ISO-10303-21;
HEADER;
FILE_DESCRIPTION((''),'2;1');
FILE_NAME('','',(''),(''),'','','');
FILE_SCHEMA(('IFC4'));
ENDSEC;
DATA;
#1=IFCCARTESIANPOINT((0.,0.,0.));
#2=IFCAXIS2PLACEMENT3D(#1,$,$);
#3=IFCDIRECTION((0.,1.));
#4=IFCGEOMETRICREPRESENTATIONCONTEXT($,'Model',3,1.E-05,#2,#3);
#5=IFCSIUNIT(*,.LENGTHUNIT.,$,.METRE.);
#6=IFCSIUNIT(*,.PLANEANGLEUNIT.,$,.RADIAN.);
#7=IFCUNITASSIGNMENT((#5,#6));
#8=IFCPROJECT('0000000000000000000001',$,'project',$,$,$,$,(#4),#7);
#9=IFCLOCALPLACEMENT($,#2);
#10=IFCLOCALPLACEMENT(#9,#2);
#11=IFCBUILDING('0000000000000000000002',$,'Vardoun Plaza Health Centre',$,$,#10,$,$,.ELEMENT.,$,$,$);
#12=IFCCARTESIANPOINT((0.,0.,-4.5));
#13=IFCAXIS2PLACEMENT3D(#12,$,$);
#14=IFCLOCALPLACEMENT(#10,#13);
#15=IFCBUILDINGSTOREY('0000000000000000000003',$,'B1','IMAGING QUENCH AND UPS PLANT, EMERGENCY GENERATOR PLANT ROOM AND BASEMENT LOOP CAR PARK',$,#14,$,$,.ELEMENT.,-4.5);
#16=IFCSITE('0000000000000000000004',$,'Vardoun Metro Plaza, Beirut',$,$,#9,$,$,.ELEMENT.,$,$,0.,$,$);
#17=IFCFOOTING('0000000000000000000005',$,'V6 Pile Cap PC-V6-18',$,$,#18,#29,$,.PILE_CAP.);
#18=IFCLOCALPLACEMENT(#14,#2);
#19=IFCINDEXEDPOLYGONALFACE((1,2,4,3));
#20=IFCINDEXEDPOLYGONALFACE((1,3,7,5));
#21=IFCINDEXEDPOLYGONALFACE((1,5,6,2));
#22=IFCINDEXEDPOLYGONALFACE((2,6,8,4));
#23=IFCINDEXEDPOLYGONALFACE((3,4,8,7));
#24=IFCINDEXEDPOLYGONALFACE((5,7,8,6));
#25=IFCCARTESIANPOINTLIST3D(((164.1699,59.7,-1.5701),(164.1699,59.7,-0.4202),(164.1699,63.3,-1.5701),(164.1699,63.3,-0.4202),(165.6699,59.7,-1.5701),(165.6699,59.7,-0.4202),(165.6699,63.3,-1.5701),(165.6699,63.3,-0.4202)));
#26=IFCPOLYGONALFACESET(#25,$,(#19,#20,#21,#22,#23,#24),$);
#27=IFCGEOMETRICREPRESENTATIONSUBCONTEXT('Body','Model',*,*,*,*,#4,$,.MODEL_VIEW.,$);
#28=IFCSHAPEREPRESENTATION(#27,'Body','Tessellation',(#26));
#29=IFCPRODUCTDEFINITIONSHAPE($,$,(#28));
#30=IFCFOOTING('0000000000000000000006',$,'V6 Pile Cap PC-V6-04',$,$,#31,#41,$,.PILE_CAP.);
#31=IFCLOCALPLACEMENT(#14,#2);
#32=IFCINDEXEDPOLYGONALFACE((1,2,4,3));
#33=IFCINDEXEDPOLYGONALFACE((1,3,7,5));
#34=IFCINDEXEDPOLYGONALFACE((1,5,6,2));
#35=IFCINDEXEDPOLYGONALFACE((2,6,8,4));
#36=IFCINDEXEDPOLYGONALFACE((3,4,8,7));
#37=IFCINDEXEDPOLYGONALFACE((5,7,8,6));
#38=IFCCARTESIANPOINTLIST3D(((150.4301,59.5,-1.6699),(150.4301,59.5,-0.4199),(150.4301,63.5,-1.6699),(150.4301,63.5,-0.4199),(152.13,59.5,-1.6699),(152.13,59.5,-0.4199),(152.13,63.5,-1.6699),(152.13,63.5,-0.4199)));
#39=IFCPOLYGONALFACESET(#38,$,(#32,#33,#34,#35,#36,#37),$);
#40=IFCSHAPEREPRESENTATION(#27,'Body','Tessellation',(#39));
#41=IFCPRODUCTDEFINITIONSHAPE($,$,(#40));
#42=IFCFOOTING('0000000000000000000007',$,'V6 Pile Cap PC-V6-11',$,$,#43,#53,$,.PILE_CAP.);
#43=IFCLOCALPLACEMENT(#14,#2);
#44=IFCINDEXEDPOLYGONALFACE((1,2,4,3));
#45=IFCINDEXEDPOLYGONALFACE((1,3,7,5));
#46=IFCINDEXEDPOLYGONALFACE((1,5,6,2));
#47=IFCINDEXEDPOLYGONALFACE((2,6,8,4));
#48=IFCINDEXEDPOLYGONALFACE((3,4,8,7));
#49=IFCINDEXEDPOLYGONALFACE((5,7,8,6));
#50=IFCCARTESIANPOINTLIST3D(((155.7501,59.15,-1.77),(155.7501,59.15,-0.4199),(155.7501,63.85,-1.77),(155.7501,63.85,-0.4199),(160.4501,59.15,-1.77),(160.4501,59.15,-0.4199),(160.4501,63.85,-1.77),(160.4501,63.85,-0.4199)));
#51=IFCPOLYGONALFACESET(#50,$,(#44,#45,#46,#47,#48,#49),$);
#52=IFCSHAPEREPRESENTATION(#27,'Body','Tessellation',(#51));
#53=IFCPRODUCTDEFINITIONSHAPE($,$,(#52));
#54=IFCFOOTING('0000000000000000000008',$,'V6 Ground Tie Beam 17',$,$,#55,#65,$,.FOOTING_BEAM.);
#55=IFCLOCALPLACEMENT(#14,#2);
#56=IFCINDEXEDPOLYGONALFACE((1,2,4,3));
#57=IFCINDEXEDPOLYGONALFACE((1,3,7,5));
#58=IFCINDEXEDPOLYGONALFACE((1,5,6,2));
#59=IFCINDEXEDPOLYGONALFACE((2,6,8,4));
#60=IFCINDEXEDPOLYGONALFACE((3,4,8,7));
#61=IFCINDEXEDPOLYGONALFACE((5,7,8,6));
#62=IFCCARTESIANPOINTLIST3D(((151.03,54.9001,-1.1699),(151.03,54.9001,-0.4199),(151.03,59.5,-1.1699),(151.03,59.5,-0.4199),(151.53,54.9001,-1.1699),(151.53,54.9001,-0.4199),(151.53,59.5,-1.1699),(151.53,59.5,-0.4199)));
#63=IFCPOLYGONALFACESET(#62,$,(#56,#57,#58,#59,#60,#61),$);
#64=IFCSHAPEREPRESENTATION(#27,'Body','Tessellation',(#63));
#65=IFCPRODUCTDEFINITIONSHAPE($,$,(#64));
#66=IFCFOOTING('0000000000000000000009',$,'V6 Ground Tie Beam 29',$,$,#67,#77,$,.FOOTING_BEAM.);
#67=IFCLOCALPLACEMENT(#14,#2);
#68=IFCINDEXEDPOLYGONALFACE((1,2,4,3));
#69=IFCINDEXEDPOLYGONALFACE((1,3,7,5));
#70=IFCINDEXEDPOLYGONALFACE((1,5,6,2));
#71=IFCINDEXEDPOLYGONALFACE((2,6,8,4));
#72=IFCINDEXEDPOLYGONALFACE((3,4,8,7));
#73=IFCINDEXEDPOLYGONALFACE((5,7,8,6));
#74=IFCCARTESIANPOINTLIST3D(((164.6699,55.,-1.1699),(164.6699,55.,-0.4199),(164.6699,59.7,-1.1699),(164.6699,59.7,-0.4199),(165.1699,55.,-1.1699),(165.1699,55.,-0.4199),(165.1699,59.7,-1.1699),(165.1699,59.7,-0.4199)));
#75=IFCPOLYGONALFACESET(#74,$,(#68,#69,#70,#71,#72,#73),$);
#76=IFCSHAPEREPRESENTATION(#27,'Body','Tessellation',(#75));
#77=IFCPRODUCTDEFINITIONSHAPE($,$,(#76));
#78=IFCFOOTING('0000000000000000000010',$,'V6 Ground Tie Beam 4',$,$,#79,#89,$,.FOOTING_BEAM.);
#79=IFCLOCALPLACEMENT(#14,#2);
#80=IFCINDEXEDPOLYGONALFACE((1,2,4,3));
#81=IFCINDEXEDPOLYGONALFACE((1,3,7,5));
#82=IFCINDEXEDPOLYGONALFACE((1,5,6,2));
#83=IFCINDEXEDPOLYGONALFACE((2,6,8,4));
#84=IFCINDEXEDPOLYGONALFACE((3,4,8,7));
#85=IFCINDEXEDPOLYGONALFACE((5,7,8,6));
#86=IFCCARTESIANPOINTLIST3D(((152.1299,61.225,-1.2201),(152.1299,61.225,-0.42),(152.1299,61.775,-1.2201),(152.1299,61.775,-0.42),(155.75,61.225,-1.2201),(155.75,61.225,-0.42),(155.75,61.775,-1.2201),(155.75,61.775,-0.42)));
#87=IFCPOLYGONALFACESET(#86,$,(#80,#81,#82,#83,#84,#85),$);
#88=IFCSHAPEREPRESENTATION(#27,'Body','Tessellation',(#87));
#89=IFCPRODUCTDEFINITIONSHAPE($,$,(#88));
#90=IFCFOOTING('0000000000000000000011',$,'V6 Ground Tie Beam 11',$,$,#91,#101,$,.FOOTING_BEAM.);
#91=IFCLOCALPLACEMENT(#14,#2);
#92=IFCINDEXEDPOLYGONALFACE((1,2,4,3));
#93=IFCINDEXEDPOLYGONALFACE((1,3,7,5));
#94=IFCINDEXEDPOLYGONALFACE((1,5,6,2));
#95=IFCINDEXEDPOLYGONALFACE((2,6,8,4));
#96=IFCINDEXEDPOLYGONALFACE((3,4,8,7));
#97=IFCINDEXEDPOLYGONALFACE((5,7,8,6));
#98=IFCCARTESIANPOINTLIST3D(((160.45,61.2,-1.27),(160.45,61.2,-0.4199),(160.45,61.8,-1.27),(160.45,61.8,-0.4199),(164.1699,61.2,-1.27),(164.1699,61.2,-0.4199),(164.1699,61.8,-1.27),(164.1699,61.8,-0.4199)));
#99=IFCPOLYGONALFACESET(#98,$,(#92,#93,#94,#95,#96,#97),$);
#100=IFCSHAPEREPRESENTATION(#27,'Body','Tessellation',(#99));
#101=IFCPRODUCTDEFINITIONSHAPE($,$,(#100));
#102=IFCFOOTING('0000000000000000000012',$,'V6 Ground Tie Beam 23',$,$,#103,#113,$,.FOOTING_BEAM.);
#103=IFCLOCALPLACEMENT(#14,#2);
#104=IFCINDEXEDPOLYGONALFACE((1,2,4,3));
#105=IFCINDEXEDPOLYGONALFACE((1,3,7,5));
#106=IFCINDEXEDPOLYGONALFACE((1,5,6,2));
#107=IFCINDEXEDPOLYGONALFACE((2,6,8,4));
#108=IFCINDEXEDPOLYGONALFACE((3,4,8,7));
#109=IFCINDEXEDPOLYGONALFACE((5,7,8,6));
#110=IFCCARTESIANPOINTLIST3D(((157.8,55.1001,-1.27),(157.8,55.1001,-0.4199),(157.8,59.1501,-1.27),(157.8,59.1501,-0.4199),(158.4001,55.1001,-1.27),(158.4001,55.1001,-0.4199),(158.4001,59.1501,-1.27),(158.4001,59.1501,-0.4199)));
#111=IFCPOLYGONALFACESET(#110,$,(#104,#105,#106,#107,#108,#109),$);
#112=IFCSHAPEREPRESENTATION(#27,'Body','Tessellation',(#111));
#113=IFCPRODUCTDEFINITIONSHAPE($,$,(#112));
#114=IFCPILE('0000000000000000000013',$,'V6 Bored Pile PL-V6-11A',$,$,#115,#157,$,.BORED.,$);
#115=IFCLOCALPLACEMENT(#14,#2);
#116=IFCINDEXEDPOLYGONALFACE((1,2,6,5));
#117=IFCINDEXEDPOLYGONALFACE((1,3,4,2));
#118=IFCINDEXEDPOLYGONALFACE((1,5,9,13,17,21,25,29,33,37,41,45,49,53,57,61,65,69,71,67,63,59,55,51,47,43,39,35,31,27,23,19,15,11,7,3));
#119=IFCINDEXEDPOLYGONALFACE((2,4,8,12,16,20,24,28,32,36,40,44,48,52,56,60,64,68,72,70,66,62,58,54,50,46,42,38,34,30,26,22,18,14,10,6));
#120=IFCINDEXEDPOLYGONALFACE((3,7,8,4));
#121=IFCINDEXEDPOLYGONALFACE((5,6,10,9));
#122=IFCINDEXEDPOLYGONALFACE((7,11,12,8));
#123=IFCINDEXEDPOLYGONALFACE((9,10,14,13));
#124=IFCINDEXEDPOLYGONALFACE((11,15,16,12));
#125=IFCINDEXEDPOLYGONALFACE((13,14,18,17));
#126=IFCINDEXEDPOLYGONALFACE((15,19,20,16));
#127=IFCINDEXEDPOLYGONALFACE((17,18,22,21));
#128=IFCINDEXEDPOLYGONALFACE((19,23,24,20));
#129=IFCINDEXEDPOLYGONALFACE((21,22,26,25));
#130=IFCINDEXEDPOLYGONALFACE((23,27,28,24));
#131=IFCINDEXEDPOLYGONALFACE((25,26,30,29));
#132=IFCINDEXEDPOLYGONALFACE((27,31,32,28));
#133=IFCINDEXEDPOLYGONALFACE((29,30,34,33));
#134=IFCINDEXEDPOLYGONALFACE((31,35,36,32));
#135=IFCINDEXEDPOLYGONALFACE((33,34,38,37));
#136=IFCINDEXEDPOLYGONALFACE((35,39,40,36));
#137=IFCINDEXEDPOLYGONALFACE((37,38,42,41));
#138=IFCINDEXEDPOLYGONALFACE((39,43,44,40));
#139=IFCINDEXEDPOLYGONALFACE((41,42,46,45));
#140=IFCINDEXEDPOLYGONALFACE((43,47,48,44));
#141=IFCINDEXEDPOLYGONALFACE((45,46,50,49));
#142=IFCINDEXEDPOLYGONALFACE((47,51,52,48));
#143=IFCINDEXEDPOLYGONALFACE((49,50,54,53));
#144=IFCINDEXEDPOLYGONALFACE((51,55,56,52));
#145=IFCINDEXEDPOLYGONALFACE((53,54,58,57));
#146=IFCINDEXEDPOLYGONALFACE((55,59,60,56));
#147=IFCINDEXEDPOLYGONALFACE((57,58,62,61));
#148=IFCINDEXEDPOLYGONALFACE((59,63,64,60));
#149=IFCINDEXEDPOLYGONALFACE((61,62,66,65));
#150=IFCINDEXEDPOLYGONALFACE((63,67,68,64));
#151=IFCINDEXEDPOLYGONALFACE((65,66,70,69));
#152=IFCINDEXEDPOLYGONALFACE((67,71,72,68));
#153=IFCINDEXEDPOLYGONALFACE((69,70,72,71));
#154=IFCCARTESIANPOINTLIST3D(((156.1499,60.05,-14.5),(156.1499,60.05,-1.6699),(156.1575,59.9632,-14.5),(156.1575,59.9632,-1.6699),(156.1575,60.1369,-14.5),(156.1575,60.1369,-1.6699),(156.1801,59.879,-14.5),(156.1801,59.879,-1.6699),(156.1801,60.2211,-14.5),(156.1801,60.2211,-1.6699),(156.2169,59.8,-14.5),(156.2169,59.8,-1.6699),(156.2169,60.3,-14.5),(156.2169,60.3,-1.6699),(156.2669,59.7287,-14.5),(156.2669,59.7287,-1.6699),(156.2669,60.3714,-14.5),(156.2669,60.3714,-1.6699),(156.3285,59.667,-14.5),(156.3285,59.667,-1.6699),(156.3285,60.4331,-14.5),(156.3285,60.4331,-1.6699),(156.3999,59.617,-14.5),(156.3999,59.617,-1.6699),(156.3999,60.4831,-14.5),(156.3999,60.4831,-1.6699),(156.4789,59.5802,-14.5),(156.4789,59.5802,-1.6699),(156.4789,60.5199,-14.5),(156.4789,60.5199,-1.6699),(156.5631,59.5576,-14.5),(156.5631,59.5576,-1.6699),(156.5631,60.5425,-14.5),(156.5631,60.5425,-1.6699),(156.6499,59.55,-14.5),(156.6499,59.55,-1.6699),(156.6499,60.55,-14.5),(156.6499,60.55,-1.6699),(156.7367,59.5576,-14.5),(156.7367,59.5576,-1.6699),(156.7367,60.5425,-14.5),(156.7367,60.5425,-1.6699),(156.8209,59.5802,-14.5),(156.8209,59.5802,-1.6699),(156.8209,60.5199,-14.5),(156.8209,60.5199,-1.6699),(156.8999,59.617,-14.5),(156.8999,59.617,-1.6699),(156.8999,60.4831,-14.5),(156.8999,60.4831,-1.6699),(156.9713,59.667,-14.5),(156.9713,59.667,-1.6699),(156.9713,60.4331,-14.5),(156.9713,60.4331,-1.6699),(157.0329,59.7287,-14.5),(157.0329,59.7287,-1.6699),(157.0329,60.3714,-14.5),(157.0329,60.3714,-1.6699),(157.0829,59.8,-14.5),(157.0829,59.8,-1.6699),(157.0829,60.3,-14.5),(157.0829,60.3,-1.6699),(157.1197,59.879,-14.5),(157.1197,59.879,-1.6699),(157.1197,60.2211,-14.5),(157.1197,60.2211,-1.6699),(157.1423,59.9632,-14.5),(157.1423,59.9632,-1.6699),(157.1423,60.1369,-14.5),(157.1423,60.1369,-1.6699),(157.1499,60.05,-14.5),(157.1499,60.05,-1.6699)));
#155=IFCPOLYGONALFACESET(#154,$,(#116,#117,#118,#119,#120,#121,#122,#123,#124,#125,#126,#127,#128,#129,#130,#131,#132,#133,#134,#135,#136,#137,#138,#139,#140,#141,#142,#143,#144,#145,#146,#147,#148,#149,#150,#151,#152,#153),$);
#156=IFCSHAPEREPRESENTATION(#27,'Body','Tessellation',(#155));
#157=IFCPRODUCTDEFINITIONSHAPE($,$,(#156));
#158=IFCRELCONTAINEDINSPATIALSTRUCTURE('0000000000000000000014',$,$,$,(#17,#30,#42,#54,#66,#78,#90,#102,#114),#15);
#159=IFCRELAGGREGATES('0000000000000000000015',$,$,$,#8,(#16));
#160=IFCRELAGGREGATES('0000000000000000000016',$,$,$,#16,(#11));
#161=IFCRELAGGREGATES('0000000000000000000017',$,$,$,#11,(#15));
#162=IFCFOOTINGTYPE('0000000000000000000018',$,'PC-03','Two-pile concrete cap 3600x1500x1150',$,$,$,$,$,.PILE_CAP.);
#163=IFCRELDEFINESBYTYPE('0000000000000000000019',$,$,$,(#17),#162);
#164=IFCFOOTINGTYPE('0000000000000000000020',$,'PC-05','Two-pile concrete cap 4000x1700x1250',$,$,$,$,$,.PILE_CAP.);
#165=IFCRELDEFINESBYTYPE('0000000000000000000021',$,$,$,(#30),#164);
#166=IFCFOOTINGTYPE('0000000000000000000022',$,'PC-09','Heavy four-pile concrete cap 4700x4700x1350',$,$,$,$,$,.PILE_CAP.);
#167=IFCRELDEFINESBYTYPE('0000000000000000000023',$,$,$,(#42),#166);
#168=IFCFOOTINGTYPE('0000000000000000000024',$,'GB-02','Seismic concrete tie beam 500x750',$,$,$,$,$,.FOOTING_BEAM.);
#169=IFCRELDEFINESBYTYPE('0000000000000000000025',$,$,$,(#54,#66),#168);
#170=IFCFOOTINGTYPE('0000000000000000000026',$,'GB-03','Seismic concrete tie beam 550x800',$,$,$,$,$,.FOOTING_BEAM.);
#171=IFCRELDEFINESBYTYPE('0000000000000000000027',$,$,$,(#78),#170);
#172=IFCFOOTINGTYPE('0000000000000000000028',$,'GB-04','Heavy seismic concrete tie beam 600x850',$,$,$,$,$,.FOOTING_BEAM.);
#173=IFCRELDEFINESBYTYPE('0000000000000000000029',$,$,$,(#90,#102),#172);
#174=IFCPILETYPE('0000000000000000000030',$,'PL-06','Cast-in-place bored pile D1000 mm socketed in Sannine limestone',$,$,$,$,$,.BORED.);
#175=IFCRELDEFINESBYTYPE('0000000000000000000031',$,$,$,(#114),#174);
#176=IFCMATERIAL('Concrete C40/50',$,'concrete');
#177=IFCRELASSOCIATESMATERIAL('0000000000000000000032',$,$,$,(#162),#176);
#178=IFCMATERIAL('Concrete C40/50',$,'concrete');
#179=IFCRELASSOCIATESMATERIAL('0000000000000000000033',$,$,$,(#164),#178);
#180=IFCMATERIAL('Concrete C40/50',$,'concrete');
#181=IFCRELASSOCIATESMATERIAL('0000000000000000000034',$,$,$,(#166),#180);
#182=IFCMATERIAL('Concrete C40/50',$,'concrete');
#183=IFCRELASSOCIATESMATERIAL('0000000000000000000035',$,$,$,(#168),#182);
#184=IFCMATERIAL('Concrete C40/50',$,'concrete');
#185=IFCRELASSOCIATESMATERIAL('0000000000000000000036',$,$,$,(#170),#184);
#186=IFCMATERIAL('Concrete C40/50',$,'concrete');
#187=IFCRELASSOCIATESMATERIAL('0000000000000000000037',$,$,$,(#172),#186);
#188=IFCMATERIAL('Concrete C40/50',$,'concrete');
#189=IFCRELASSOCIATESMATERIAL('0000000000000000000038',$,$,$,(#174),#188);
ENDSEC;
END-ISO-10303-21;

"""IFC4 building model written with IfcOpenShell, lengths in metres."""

from ifc_helpers import new_model, si_unit, direction, frame, origin, origin_2d, place, context, subcontext, project, spatial, rectangle, circle, extrude, material, material_profile, profile_set, type_object, element, save


model = new_model("IFC4")

# Units and contexts
model_context = context("Model", 3, precision=1e-05, world=origin(), true_north=direction((0.0, 1.0)))
body_context = subcontext(model_context, "Body", "Model", "MODEL_VIEW")
ifc_project = project(units=[si_unit("LENGTHUNIT", "METRE"), si_unit("PLANEANGLEUNIT", "RADIAN")], contexts=[model_context])

# Site, building, storey
site_placement = place(None, origin())
site = spatial("IfcSite", under=ifc_project, at=site_placement, Name="Vardoun Metro Plaza, Beirut", CompositionType="ELEMENT", RefElevation=0.0)
building_placement = place(site_placement, origin())
building = spatial("IfcBuilding", under=site, at=building_placement, Name="Vardoun Plaza Health Centre", CompositionType="ELEMENT")
storey_placement = place(building_placement, frame((0.0, 0.0, -4.5)))
storey = spatial("IfcBuildingStorey", under=building, at=storey_placement, Name="B1", Description="IMAGING QUENCH AND UPS PLANT, EMERGENCY GENERATOR PLANT ROOM AND BASEMENT LOOP CAR PARK", CompositionType="ELEMENT", Elevation=-4.5)

# Footings
ifc_material_1 = material(Name="Concrete C40/50", Category="concrete")
footing_type_1 = type_object("IfcFootingType", Name="PC-03", Description="Two-pile concrete cap 3600x1500x1150", PredefinedType="PILE_CAP", material=ifc_material_1)
footing_1_placement = place(storey_placement, frame((164.9199, 61.5, -1.5701), z_axis=(0.0, 0.0, 1.0), x_axis=(0.0, 1.0, 0.0)))
element("IfcFooting", 1, at=footing_1_placement, inside=storey, type_object=footing_type_1, Name="V6 Pile Cap PC-V6-18", PredefinedType="PILE_CAP", context=body_context, shape_type="SweptSolid", body=[
    extrude(rectangle(XDim=3.6001, YDim=1.5, at=origin_2d()), origin(), (0.0, 0.0, 1.0), 1.1499),
])
ifc_material_2 = material(Name="Concrete C40/50", Category="concrete")
footing_type_2 = type_object("IfcFootingType", Name="PC-05", Description="Two-pile concrete cap 4000x1700x1250", PredefinedType="PILE_CAP", material=ifc_material_2)
footing_2_placement = place(storey_placement, frame((151.28, 61.5, -1.6699), z_axis=(0.0, 0.0, 1.0), x_axis=(0.0, 1.0, 0.0)))
element("IfcFooting", 2, at=footing_2_placement, inside=storey, type_object=footing_type_2, Name="V6 Pile Cap PC-V6-04", PredefinedType="PILE_CAP", context=body_context, shape_type="SweptSolid", body=[
    extrude(rectangle(XDim=4.0, YDim=1.7, at=origin_2d()), origin(), (0.0, 0.0, 1.0), 1.25),
])
ifc_material_3 = material(Name="Concrete C40/50", Category="concrete")
footing_type_3 = type_object("IfcFootingType", Name="PC-09", Description="Heavy four-pile concrete cap 4700x4700x1350", PredefinedType="PILE_CAP", material=ifc_material_3)
footing_3_placement = place(storey_placement, frame((158.1001, 61.5, -1.77), z_axis=(0.0, 0.0, 1.0), x_axis=(1.0, 0.0, 0.0)))
element("IfcFooting", 3, at=footing_3_placement, inside=storey, type_object=footing_type_3, Name="V6 Pile Cap PC-V6-11", PredefinedType="PILE_CAP", context=body_context, shape_type="SweptSolid", body=[
    extrude(rectangle(XDim=4.7, YDim=4.7, at=origin_2d()), origin(), (0.0, 0.0, 1.0), 1.3501),
])
ifc_material_4 = material(Name="Concrete C40/50", Category="concrete")
ifc_material_profile_1 = material_profile(ifc_material_4, rectangle(XDim=0.5, YDim=0.75, at=origin_2d()), Name="GB 500x750")
ifc_profile_set_1 = profile_set([ifc_material_profile_1], Name="Concrete C40/50")
footing_type_4 = type_object("IfcFootingType", Name="GB-02", Description="Seismic concrete tie beam 500x750", PredefinedType="FOOTING_BEAM", material=ifc_profile_set_1)
footing_4_placement = place(storey_placement, frame((151.28, 54.9001, -0.7949), z_axis=(0.0, 1.0, 0.0), x_axis=(-1.0, 0.0, 0.0)))
element("IfcFooting", 4, at=footing_4_placement, inside=storey, type_object=footing_type_4, Name="V6 Ground Tie Beam 17", PredefinedType="FOOTING_BEAM", context=body_context, shape_type="SweptSolid", body=[
    extrude(rectangle(XDim=0.5, YDim=0.75, at=origin_2d()), origin(), (0.0, 0.0, 1.0), 4.5999),
])
footing_5_placement = place(storey_placement, frame((164.9199, 55.0, -0.7949), z_axis=(0.0, 1.0, 0.0), x_axis=(-1.0, 0.0, 0.0)))
element("IfcFooting", 5, at=footing_5_placement, inside=storey, type_object=footing_type_4, Name="V6 Ground Tie Beam 29", PredefinedType="FOOTING_BEAM", context=body_context, shape_type="SweptSolid", body=[
    extrude(rectangle(XDim=0.5, YDim=0.75, at=origin_2d()), origin(), (0.0, 0.0, 1.0), 4.7),
])
ifc_material_5 = material(Name="Concrete C40/50", Category="concrete")
ifc_material_profile_2 = material_profile(ifc_material_5, rectangle(XDim=0.55, YDim=0.8, at=origin_2d()), Name="GB 550x800")
ifc_profile_set_2 = profile_set([ifc_material_profile_2], Name="Concrete C40/50")
footing_type_5 = type_object("IfcFootingType", Name="GB-03", Description="Seismic concrete tie beam 550x800", PredefinedType="FOOTING_BEAM", material=ifc_profile_set_2)
footing_6_placement = place(storey_placement, frame((152.1299, 61.5, -0.8201), z_axis=(1.0, 0.0, 0.0), x_axis=(0.0, 1.0, 0.0)))
element("IfcFooting", 6, at=footing_6_placement, inside=storey, type_object=footing_type_5, Name="V6 Ground Tie Beam 4", PredefinedType="FOOTING_BEAM", context=body_context, shape_type="SweptSolid", body=[
    extrude(rectangle(XDim=0.55, YDim=0.8, at=origin_2d()), origin(), (0.0, 0.0, 1.0), 3.6201),
])
ifc_material_6 = material(Name="Concrete C40/50", Category="concrete")
ifc_material_profile_3 = material_profile(ifc_material_6, rectangle(XDim=0.6001, YDim=0.8501, at=origin_2d()), Name="GB 600x850")
ifc_profile_set_3 = profile_set([ifc_material_profile_3], Name="Concrete C40/50")
footing_type_6 = type_object("IfcFootingType", Name="GB-04", Description="Heavy seismic concrete tie beam 600x850", PredefinedType="FOOTING_BEAM", material=ifc_profile_set_3)
footing_7_placement = place(storey_placement, frame((160.45, 61.5, -0.845), z_axis=(1.0, 0.0, 0.0), x_axis=(0.0, 1.0, 0.0)))
element("IfcFooting", 7, at=footing_7_placement, inside=storey, type_object=footing_type_6, Name="V6 Ground Tie Beam 11", PredefinedType="FOOTING_BEAM", context=body_context, shape_type="SweptSolid", body=[
    extrude(rectangle(XDim=0.6001, YDim=0.8501, at=origin_2d()), origin(), (0.0, 0.0, 1.0), 3.72),
])
footing_8_placement = place(storey_placement, frame((158.1001, 55.1001, -0.845), z_axis=(0.0, 1.0, 0.0), x_axis=(-1.0, 0.0, 0.0)))
element("IfcFooting", 8, at=footing_8_placement, inside=storey, type_object=footing_type_6, Name="V6 Ground Tie Beam 23", PredefinedType="FOOTING_BEAM", context=body_context, shape_type="SweptSolid", body=[
    extrude(rectangle(XDim=0.6001, YDim=0.8501, at=origin_2d()), origin(), (0.0, 0.0, 1.0), 4.05),
])

# Pile
ifc_material_7 = material(Name="Concrete C40/50", Category="concrete")
ifc_material_profile_4 = material_profile(ifc_material_7, circle(Radius=0.5, at=origin_2d()), Name="PILE D1000")
ifc_profile_set_4 = profile_set([ifc_material_profile_4], Name="Concrete C40/50")
pile_type_1 = type_object("IfcPileType", Name="PL-06", Description="Cast-in-place bored pile D1000 mm socketed in Sannine limestone", PredefinedType="BORED", material=ifc_profile_set_4)
for number, where, z_axis, x_axis, name in (
    (9, (156.6499, 60.05, -1.6699), (0.0, 0.0, -1.0), (1.0, 0.0, 0.0), "V6 Bored Pile PL-V6-11A"),
):
    element("IfcPile", number, at=place(storey_placement, frame(where, z_axis=z_axis, x_axis=x_axis)), inside=storey, type_object=pile_type_1, Name=name, PredefinedType="BORED", context=body_context, shape_type="SweptSolid", body=[
        extrude(circle(Radius=0.5, at=origin_2d()), origin(), (0.0, 0.0, 1.0), 12.8301),
    ])

save(model, "model.ifc")
